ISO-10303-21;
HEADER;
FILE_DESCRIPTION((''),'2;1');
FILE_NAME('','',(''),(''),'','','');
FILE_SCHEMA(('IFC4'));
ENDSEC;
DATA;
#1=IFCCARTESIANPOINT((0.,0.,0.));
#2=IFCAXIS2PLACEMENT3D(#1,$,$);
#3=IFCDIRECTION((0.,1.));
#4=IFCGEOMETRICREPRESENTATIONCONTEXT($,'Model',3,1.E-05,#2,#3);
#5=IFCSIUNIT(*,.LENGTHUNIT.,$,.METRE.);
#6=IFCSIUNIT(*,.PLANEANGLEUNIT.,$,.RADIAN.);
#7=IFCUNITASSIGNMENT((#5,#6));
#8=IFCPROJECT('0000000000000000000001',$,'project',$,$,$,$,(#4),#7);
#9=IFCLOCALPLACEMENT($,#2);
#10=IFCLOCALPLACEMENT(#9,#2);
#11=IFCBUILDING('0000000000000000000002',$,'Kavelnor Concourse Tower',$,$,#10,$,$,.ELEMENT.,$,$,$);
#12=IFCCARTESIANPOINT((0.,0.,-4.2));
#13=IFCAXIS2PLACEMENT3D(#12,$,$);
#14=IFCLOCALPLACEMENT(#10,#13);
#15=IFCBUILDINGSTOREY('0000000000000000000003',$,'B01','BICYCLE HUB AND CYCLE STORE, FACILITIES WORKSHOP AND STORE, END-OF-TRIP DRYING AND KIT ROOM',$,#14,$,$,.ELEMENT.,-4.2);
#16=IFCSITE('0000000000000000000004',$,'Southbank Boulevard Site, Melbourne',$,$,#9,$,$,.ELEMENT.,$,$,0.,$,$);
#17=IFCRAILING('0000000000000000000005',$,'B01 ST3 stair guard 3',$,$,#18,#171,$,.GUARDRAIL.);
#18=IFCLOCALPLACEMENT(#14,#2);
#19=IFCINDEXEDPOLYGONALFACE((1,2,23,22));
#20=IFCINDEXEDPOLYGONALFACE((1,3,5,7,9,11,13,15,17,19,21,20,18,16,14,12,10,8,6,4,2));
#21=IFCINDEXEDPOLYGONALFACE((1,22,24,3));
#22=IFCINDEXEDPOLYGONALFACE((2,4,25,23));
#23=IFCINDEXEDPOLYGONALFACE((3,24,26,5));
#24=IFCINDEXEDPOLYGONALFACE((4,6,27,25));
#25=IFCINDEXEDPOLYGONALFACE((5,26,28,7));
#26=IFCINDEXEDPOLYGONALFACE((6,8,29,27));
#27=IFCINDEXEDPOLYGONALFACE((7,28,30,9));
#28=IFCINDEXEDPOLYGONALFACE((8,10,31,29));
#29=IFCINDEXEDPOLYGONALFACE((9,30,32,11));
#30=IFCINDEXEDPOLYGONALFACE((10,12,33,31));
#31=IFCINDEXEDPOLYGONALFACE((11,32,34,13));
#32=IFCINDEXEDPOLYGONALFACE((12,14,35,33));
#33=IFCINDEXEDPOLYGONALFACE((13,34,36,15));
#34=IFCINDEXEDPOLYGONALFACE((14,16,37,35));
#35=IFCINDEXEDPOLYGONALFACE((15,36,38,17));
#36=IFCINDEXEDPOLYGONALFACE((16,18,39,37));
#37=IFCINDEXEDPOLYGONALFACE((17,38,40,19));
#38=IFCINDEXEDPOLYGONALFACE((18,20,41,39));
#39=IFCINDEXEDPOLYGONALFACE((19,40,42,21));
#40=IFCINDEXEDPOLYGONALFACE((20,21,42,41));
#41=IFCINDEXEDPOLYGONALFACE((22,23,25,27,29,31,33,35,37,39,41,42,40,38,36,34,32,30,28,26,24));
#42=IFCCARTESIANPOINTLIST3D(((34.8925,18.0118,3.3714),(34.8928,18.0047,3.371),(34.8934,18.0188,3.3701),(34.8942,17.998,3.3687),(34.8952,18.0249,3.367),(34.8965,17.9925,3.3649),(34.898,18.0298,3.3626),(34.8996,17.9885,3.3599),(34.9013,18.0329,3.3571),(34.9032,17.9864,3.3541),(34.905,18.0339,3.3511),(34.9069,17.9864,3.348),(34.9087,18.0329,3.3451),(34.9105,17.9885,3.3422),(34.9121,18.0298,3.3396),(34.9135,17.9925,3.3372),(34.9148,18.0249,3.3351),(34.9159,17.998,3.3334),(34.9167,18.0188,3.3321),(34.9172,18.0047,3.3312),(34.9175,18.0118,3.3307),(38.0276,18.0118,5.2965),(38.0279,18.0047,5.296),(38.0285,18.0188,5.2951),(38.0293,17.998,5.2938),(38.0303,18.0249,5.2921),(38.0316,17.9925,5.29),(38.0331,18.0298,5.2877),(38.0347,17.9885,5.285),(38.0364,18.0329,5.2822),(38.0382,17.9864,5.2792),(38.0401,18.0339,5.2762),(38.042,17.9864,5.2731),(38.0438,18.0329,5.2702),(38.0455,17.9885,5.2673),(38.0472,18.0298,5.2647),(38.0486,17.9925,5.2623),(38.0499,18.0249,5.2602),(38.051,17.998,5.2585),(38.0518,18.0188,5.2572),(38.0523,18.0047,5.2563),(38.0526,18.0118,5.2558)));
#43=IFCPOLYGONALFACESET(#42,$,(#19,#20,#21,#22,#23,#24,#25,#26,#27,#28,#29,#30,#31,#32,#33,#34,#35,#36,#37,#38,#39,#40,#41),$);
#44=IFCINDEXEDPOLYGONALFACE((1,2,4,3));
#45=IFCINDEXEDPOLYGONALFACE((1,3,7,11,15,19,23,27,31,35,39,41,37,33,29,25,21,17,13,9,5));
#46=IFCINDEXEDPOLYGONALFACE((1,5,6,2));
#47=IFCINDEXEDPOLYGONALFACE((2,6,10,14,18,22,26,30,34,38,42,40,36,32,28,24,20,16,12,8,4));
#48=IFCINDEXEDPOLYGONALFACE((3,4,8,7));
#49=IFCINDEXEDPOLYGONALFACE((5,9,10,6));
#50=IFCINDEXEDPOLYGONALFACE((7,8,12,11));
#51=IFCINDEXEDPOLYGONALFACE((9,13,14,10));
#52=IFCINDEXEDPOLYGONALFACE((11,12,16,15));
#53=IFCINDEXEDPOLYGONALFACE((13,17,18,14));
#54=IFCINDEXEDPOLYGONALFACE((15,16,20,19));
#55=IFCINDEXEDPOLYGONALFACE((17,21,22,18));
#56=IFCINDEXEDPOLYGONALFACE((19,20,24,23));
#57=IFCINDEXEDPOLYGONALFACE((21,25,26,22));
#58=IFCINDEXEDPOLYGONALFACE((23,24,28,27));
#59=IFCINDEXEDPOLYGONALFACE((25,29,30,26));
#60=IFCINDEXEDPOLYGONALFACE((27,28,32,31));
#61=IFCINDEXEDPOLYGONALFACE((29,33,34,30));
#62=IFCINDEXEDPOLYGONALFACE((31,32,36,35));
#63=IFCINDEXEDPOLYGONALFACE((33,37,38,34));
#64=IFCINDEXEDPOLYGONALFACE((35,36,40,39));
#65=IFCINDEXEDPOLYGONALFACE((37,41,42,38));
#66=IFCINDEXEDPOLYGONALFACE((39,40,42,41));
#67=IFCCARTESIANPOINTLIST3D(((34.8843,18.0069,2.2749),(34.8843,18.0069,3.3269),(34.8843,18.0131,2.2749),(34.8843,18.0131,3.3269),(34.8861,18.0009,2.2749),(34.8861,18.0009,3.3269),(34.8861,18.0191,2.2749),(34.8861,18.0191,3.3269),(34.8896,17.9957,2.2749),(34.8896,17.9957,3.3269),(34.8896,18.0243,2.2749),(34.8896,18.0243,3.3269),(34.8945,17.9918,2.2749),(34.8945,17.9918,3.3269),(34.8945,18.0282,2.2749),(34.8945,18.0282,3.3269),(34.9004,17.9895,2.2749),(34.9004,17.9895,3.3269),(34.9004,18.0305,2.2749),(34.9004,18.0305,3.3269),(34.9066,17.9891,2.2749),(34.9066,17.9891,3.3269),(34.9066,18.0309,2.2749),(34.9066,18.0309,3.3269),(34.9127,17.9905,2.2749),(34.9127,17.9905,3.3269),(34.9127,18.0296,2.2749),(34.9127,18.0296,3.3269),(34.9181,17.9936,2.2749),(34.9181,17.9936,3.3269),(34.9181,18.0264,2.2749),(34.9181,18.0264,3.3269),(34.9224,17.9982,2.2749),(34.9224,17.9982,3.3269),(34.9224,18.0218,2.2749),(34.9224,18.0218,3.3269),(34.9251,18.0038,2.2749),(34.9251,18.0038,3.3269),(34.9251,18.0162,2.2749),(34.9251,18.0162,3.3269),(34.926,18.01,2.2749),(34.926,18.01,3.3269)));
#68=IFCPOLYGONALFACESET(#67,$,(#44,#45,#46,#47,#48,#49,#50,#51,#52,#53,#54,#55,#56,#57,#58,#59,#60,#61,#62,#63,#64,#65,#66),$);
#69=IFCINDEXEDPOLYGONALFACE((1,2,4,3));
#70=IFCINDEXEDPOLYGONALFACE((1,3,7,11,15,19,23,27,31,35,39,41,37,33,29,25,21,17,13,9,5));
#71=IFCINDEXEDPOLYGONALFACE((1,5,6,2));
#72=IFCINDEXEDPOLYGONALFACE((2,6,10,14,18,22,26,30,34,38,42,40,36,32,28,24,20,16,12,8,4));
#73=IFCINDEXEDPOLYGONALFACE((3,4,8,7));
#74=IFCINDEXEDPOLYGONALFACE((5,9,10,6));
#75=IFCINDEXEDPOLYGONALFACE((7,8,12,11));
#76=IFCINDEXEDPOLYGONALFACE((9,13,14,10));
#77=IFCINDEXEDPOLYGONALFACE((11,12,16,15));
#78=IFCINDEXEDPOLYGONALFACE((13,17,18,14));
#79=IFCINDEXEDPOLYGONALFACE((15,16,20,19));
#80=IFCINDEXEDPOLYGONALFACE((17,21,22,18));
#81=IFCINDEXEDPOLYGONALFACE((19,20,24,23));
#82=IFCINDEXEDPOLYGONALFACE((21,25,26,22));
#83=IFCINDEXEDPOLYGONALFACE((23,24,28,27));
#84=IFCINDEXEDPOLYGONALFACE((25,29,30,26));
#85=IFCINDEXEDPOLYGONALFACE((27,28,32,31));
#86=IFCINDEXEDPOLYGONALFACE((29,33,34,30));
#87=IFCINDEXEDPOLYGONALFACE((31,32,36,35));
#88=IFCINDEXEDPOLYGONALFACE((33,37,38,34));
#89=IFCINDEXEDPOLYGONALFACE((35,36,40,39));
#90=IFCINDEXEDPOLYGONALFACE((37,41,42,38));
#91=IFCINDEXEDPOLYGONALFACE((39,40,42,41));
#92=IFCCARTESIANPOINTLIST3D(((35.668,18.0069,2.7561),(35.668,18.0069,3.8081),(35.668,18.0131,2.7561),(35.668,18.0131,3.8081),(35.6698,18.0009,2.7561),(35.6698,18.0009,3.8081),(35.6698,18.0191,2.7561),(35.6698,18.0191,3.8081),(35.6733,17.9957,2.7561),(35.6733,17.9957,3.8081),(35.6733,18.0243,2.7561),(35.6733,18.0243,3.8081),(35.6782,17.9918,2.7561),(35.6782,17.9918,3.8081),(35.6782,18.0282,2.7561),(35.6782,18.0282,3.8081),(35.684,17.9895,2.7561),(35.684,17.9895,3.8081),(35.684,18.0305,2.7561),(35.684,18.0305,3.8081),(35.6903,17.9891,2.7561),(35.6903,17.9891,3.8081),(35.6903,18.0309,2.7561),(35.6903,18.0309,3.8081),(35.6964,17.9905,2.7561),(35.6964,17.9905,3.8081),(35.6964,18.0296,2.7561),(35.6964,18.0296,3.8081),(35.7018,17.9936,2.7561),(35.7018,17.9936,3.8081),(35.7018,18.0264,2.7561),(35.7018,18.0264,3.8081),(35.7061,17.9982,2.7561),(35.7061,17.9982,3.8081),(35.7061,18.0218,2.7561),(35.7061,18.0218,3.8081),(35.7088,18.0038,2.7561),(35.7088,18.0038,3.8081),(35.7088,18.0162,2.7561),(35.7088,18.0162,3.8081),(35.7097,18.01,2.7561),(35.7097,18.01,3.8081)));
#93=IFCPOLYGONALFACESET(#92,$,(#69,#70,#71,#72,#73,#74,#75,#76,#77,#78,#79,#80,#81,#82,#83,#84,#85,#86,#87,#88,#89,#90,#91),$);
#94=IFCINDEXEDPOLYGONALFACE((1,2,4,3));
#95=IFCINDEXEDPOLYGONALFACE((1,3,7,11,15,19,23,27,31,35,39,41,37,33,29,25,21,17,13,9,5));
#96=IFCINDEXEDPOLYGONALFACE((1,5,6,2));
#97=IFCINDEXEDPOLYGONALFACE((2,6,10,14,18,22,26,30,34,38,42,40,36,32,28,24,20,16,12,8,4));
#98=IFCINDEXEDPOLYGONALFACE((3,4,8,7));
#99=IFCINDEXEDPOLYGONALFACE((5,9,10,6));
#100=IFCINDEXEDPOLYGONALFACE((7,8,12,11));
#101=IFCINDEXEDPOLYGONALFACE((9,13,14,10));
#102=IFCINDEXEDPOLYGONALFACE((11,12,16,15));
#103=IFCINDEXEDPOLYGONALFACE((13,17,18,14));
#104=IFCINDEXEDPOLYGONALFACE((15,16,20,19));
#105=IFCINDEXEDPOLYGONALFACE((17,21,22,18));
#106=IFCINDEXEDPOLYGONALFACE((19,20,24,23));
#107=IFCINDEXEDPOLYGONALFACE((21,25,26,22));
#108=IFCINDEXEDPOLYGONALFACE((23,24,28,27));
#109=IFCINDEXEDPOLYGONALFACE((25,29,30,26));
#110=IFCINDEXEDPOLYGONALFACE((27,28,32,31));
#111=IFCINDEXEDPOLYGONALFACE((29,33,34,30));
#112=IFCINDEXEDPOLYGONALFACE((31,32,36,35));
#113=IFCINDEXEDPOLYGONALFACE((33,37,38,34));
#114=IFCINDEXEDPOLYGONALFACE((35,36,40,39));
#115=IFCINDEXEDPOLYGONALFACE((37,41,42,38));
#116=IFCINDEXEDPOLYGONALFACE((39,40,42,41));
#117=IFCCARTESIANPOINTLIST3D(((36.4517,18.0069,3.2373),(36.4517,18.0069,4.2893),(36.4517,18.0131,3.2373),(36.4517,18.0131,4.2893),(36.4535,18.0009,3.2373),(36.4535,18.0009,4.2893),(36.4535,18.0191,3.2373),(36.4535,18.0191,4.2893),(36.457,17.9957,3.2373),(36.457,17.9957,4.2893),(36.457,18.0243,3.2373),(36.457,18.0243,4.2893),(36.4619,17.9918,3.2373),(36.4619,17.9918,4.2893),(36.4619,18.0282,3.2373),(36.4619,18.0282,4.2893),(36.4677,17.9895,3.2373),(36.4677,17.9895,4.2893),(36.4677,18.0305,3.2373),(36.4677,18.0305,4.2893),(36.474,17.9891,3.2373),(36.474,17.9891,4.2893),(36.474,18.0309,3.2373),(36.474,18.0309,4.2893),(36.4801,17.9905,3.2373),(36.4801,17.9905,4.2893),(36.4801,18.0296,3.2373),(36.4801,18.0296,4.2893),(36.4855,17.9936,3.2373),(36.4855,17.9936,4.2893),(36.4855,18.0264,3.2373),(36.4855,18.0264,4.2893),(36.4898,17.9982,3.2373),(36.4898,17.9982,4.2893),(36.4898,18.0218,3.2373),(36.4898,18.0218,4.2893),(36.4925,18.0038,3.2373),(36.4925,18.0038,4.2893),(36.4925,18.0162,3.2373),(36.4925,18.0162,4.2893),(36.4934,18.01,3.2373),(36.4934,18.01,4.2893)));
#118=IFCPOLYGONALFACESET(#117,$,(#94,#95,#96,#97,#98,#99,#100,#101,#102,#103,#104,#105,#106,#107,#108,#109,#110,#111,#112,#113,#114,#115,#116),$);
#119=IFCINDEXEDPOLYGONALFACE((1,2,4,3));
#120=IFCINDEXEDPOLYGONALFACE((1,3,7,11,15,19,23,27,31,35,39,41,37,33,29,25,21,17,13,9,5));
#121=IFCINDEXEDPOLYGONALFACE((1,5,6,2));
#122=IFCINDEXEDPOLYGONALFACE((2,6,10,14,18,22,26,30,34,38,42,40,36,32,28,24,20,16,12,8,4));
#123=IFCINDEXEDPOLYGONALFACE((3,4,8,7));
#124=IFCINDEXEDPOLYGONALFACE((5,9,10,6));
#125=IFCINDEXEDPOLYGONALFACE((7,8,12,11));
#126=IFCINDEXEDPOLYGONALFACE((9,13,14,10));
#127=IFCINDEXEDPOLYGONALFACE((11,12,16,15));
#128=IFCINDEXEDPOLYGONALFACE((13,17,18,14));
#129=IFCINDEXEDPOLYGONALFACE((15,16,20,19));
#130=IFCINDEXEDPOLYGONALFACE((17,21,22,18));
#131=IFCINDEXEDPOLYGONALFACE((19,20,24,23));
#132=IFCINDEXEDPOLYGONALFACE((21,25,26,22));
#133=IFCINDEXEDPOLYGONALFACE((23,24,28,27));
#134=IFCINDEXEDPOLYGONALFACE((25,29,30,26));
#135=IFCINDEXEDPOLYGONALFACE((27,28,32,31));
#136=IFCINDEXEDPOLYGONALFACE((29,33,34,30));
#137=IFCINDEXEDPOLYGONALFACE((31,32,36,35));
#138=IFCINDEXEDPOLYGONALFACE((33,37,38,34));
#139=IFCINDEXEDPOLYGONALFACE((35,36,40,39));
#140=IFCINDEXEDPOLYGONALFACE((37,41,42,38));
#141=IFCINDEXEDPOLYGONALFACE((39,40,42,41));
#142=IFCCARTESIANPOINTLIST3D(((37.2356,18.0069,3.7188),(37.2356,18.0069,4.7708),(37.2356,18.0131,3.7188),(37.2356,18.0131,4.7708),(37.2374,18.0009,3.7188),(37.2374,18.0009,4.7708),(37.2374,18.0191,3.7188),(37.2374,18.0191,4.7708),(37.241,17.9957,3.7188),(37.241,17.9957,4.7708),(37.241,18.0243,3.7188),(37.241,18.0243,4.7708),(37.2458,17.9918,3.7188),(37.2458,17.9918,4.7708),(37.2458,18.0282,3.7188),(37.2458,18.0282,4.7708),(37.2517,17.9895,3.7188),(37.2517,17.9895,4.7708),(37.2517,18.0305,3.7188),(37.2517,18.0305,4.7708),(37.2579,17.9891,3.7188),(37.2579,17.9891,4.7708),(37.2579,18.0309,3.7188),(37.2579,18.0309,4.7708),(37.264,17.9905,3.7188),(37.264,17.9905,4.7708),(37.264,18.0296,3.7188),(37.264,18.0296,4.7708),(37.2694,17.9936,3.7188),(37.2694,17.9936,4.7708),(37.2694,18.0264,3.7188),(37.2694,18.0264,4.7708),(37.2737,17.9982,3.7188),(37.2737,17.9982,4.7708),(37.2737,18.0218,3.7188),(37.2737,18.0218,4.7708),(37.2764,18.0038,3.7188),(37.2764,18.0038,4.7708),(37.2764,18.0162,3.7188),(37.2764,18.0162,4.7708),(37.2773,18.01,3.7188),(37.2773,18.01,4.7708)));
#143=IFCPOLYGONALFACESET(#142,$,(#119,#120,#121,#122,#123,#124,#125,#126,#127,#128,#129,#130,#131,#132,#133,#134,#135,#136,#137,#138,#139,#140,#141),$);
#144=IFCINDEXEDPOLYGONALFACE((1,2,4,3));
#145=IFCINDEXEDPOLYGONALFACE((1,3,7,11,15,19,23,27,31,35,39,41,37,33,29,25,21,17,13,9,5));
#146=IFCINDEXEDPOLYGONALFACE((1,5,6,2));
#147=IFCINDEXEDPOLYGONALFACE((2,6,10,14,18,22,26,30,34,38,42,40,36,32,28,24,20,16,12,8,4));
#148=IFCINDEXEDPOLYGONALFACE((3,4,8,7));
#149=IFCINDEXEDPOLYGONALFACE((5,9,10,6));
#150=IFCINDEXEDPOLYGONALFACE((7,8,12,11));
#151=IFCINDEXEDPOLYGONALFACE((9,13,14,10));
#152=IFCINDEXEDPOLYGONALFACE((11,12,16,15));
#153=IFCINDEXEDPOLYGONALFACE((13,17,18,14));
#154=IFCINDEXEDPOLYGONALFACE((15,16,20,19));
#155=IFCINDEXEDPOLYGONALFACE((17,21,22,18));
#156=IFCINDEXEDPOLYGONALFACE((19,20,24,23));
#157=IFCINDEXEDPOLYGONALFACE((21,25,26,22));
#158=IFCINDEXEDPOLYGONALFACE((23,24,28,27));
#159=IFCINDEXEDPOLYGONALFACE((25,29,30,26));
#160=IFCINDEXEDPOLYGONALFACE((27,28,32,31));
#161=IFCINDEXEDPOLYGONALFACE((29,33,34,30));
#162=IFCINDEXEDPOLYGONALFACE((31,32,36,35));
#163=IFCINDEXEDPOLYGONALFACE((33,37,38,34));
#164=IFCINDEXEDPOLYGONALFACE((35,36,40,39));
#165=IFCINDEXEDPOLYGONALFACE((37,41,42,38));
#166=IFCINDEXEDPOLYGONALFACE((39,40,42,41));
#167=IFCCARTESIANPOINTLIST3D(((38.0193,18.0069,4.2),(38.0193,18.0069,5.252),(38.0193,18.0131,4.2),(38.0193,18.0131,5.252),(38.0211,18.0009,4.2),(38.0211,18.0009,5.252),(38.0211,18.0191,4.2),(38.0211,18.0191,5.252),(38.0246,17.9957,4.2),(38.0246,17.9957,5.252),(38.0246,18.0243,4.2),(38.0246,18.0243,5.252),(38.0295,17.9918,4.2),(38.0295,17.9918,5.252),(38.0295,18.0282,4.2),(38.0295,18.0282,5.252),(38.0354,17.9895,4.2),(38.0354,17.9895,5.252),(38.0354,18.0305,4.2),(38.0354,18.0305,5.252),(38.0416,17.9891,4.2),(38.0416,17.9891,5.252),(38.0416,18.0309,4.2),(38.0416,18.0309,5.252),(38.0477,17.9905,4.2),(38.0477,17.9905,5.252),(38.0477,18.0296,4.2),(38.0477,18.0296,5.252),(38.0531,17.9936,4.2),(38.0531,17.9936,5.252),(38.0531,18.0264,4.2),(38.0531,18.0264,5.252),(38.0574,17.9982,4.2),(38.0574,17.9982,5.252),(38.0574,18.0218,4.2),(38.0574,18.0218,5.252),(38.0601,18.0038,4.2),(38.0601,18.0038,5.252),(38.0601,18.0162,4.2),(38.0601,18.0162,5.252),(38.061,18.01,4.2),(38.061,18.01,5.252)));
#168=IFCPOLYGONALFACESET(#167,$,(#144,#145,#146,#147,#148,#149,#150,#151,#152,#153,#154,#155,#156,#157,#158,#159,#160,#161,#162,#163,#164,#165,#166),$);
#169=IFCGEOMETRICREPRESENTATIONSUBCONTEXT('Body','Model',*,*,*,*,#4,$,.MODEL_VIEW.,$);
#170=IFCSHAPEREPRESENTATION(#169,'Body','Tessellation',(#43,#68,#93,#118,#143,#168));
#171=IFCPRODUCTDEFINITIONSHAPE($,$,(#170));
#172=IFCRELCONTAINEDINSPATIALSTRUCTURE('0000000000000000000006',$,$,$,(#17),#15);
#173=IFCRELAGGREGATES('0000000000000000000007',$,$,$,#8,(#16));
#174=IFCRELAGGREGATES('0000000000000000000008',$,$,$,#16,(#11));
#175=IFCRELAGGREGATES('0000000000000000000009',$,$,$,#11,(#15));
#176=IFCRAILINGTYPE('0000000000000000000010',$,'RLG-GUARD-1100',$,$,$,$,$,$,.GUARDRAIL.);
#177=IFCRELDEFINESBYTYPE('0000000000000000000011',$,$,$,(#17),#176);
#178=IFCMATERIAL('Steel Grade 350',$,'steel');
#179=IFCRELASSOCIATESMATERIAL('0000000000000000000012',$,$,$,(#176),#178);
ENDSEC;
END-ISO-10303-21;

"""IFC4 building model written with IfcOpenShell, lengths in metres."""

from ifc_helpers import new_model, si_unit, direction, frame, origin, origin_2d, place, context, subcontext, project, spatial, circle, extrude, material, type_object, element, save


model = new_model("IFC4")

# Units and contexts
model_context = context("Model", 3, precision=1e-05, world=origin(), true_north=direction((0.0, 1.0)))
body_context = subcontext(model_context, "Body", "Model", "MODEL_VIEW")
ifc_project = project(units=[si_unit("LENGTHUNIT", "METRE"), si_unit("PLANEANGLEUNIT", "RADIAN")], contexts=[model_context])

# Site, building, storey
site_placement = place(None, origin())
site = spatial("IfcSite", under=ifc_project, at=site_placement, Name="Southbank Boulevard Site, Melbourne", CompositionType="ELEMENT", RefElevation=0.0)
building_placement = place(site_placement, origin())
building = spatial("IfcBuilding", under=site, at=building_placement, Name="Kavelnor Concourse Tower", CompositionType="ELEMENT")
storey_placement = place(building_placement, frame((0.0, 0.0, -4.2)))
storey = spatial("IfcBuildingStorey", under=building, at=storey_placement, Name="B01", Description="BICYCLE HUB AND CYCLE STORE, FACILITIES WORKSHOP AND STORE, END-OF-TRIP DRYING AND KIT ROOM", CompositionType="ELEMENT", Elevation=-4.2)

# Shared definitions
ifc_material_1 = material(Name="Steel Grade 350", Category="steel")

# Railing
railing_type_1 = type_object("IfcRailingType", Name="RLG-GUARD-1100", PredefinedType="GUARDRAIL", material=ifc_material_1)
railing_1_placement = place(storey_placement, frame((34.905, 18.01, 2.2749)))
element("IfcRailing", 1, at=railing_1_placement, inside=storey, type_object=railing_type_1, Name="B01 ST3 stair guard 3", PredefinedType="GUARDRAIL", context=body_context, shape_type="SweptSolid", body=[
    extrude(circle(Radius=0.0239, at=origin_2d()), frame((0.0, 0.0, 1.0762), z_axis=(0.852166, 0.0, 0.523271), x_axis=(0.0, 1.0, 0.0)), (0.0, 0.0, 1.0), 3.679),
    extrude(circle(Radius=0.021, at=origin_2d()), origin(), (0.0, 0.0, 1.0), 1.052),
    extrude(circle(Radius=0.021, at=origin_2d()), frame((0.7837, 0.0, 0.4812)), (0.0, 0.0, 1.0), 1.052),
    extrude(circle(Radius=0.021, at=origin_2d()), frame((1.5674, 0.0, 0.9624)), (0.0, 0.0, 1.0), 1.052),
    extrude(circle(Radius=0.021, at=origin_2d()), frame((2.3513, 0.0, 1.4438)), (0.0, 0.0, 1.0), 1.052),
    extrude(circle(Radius=0.021, at=origin_2d()), frame((3.135, 0.0, 1.925)), (0.0, 0.0, 1.0), 1.052),
])

save(model, "model.ifc")
